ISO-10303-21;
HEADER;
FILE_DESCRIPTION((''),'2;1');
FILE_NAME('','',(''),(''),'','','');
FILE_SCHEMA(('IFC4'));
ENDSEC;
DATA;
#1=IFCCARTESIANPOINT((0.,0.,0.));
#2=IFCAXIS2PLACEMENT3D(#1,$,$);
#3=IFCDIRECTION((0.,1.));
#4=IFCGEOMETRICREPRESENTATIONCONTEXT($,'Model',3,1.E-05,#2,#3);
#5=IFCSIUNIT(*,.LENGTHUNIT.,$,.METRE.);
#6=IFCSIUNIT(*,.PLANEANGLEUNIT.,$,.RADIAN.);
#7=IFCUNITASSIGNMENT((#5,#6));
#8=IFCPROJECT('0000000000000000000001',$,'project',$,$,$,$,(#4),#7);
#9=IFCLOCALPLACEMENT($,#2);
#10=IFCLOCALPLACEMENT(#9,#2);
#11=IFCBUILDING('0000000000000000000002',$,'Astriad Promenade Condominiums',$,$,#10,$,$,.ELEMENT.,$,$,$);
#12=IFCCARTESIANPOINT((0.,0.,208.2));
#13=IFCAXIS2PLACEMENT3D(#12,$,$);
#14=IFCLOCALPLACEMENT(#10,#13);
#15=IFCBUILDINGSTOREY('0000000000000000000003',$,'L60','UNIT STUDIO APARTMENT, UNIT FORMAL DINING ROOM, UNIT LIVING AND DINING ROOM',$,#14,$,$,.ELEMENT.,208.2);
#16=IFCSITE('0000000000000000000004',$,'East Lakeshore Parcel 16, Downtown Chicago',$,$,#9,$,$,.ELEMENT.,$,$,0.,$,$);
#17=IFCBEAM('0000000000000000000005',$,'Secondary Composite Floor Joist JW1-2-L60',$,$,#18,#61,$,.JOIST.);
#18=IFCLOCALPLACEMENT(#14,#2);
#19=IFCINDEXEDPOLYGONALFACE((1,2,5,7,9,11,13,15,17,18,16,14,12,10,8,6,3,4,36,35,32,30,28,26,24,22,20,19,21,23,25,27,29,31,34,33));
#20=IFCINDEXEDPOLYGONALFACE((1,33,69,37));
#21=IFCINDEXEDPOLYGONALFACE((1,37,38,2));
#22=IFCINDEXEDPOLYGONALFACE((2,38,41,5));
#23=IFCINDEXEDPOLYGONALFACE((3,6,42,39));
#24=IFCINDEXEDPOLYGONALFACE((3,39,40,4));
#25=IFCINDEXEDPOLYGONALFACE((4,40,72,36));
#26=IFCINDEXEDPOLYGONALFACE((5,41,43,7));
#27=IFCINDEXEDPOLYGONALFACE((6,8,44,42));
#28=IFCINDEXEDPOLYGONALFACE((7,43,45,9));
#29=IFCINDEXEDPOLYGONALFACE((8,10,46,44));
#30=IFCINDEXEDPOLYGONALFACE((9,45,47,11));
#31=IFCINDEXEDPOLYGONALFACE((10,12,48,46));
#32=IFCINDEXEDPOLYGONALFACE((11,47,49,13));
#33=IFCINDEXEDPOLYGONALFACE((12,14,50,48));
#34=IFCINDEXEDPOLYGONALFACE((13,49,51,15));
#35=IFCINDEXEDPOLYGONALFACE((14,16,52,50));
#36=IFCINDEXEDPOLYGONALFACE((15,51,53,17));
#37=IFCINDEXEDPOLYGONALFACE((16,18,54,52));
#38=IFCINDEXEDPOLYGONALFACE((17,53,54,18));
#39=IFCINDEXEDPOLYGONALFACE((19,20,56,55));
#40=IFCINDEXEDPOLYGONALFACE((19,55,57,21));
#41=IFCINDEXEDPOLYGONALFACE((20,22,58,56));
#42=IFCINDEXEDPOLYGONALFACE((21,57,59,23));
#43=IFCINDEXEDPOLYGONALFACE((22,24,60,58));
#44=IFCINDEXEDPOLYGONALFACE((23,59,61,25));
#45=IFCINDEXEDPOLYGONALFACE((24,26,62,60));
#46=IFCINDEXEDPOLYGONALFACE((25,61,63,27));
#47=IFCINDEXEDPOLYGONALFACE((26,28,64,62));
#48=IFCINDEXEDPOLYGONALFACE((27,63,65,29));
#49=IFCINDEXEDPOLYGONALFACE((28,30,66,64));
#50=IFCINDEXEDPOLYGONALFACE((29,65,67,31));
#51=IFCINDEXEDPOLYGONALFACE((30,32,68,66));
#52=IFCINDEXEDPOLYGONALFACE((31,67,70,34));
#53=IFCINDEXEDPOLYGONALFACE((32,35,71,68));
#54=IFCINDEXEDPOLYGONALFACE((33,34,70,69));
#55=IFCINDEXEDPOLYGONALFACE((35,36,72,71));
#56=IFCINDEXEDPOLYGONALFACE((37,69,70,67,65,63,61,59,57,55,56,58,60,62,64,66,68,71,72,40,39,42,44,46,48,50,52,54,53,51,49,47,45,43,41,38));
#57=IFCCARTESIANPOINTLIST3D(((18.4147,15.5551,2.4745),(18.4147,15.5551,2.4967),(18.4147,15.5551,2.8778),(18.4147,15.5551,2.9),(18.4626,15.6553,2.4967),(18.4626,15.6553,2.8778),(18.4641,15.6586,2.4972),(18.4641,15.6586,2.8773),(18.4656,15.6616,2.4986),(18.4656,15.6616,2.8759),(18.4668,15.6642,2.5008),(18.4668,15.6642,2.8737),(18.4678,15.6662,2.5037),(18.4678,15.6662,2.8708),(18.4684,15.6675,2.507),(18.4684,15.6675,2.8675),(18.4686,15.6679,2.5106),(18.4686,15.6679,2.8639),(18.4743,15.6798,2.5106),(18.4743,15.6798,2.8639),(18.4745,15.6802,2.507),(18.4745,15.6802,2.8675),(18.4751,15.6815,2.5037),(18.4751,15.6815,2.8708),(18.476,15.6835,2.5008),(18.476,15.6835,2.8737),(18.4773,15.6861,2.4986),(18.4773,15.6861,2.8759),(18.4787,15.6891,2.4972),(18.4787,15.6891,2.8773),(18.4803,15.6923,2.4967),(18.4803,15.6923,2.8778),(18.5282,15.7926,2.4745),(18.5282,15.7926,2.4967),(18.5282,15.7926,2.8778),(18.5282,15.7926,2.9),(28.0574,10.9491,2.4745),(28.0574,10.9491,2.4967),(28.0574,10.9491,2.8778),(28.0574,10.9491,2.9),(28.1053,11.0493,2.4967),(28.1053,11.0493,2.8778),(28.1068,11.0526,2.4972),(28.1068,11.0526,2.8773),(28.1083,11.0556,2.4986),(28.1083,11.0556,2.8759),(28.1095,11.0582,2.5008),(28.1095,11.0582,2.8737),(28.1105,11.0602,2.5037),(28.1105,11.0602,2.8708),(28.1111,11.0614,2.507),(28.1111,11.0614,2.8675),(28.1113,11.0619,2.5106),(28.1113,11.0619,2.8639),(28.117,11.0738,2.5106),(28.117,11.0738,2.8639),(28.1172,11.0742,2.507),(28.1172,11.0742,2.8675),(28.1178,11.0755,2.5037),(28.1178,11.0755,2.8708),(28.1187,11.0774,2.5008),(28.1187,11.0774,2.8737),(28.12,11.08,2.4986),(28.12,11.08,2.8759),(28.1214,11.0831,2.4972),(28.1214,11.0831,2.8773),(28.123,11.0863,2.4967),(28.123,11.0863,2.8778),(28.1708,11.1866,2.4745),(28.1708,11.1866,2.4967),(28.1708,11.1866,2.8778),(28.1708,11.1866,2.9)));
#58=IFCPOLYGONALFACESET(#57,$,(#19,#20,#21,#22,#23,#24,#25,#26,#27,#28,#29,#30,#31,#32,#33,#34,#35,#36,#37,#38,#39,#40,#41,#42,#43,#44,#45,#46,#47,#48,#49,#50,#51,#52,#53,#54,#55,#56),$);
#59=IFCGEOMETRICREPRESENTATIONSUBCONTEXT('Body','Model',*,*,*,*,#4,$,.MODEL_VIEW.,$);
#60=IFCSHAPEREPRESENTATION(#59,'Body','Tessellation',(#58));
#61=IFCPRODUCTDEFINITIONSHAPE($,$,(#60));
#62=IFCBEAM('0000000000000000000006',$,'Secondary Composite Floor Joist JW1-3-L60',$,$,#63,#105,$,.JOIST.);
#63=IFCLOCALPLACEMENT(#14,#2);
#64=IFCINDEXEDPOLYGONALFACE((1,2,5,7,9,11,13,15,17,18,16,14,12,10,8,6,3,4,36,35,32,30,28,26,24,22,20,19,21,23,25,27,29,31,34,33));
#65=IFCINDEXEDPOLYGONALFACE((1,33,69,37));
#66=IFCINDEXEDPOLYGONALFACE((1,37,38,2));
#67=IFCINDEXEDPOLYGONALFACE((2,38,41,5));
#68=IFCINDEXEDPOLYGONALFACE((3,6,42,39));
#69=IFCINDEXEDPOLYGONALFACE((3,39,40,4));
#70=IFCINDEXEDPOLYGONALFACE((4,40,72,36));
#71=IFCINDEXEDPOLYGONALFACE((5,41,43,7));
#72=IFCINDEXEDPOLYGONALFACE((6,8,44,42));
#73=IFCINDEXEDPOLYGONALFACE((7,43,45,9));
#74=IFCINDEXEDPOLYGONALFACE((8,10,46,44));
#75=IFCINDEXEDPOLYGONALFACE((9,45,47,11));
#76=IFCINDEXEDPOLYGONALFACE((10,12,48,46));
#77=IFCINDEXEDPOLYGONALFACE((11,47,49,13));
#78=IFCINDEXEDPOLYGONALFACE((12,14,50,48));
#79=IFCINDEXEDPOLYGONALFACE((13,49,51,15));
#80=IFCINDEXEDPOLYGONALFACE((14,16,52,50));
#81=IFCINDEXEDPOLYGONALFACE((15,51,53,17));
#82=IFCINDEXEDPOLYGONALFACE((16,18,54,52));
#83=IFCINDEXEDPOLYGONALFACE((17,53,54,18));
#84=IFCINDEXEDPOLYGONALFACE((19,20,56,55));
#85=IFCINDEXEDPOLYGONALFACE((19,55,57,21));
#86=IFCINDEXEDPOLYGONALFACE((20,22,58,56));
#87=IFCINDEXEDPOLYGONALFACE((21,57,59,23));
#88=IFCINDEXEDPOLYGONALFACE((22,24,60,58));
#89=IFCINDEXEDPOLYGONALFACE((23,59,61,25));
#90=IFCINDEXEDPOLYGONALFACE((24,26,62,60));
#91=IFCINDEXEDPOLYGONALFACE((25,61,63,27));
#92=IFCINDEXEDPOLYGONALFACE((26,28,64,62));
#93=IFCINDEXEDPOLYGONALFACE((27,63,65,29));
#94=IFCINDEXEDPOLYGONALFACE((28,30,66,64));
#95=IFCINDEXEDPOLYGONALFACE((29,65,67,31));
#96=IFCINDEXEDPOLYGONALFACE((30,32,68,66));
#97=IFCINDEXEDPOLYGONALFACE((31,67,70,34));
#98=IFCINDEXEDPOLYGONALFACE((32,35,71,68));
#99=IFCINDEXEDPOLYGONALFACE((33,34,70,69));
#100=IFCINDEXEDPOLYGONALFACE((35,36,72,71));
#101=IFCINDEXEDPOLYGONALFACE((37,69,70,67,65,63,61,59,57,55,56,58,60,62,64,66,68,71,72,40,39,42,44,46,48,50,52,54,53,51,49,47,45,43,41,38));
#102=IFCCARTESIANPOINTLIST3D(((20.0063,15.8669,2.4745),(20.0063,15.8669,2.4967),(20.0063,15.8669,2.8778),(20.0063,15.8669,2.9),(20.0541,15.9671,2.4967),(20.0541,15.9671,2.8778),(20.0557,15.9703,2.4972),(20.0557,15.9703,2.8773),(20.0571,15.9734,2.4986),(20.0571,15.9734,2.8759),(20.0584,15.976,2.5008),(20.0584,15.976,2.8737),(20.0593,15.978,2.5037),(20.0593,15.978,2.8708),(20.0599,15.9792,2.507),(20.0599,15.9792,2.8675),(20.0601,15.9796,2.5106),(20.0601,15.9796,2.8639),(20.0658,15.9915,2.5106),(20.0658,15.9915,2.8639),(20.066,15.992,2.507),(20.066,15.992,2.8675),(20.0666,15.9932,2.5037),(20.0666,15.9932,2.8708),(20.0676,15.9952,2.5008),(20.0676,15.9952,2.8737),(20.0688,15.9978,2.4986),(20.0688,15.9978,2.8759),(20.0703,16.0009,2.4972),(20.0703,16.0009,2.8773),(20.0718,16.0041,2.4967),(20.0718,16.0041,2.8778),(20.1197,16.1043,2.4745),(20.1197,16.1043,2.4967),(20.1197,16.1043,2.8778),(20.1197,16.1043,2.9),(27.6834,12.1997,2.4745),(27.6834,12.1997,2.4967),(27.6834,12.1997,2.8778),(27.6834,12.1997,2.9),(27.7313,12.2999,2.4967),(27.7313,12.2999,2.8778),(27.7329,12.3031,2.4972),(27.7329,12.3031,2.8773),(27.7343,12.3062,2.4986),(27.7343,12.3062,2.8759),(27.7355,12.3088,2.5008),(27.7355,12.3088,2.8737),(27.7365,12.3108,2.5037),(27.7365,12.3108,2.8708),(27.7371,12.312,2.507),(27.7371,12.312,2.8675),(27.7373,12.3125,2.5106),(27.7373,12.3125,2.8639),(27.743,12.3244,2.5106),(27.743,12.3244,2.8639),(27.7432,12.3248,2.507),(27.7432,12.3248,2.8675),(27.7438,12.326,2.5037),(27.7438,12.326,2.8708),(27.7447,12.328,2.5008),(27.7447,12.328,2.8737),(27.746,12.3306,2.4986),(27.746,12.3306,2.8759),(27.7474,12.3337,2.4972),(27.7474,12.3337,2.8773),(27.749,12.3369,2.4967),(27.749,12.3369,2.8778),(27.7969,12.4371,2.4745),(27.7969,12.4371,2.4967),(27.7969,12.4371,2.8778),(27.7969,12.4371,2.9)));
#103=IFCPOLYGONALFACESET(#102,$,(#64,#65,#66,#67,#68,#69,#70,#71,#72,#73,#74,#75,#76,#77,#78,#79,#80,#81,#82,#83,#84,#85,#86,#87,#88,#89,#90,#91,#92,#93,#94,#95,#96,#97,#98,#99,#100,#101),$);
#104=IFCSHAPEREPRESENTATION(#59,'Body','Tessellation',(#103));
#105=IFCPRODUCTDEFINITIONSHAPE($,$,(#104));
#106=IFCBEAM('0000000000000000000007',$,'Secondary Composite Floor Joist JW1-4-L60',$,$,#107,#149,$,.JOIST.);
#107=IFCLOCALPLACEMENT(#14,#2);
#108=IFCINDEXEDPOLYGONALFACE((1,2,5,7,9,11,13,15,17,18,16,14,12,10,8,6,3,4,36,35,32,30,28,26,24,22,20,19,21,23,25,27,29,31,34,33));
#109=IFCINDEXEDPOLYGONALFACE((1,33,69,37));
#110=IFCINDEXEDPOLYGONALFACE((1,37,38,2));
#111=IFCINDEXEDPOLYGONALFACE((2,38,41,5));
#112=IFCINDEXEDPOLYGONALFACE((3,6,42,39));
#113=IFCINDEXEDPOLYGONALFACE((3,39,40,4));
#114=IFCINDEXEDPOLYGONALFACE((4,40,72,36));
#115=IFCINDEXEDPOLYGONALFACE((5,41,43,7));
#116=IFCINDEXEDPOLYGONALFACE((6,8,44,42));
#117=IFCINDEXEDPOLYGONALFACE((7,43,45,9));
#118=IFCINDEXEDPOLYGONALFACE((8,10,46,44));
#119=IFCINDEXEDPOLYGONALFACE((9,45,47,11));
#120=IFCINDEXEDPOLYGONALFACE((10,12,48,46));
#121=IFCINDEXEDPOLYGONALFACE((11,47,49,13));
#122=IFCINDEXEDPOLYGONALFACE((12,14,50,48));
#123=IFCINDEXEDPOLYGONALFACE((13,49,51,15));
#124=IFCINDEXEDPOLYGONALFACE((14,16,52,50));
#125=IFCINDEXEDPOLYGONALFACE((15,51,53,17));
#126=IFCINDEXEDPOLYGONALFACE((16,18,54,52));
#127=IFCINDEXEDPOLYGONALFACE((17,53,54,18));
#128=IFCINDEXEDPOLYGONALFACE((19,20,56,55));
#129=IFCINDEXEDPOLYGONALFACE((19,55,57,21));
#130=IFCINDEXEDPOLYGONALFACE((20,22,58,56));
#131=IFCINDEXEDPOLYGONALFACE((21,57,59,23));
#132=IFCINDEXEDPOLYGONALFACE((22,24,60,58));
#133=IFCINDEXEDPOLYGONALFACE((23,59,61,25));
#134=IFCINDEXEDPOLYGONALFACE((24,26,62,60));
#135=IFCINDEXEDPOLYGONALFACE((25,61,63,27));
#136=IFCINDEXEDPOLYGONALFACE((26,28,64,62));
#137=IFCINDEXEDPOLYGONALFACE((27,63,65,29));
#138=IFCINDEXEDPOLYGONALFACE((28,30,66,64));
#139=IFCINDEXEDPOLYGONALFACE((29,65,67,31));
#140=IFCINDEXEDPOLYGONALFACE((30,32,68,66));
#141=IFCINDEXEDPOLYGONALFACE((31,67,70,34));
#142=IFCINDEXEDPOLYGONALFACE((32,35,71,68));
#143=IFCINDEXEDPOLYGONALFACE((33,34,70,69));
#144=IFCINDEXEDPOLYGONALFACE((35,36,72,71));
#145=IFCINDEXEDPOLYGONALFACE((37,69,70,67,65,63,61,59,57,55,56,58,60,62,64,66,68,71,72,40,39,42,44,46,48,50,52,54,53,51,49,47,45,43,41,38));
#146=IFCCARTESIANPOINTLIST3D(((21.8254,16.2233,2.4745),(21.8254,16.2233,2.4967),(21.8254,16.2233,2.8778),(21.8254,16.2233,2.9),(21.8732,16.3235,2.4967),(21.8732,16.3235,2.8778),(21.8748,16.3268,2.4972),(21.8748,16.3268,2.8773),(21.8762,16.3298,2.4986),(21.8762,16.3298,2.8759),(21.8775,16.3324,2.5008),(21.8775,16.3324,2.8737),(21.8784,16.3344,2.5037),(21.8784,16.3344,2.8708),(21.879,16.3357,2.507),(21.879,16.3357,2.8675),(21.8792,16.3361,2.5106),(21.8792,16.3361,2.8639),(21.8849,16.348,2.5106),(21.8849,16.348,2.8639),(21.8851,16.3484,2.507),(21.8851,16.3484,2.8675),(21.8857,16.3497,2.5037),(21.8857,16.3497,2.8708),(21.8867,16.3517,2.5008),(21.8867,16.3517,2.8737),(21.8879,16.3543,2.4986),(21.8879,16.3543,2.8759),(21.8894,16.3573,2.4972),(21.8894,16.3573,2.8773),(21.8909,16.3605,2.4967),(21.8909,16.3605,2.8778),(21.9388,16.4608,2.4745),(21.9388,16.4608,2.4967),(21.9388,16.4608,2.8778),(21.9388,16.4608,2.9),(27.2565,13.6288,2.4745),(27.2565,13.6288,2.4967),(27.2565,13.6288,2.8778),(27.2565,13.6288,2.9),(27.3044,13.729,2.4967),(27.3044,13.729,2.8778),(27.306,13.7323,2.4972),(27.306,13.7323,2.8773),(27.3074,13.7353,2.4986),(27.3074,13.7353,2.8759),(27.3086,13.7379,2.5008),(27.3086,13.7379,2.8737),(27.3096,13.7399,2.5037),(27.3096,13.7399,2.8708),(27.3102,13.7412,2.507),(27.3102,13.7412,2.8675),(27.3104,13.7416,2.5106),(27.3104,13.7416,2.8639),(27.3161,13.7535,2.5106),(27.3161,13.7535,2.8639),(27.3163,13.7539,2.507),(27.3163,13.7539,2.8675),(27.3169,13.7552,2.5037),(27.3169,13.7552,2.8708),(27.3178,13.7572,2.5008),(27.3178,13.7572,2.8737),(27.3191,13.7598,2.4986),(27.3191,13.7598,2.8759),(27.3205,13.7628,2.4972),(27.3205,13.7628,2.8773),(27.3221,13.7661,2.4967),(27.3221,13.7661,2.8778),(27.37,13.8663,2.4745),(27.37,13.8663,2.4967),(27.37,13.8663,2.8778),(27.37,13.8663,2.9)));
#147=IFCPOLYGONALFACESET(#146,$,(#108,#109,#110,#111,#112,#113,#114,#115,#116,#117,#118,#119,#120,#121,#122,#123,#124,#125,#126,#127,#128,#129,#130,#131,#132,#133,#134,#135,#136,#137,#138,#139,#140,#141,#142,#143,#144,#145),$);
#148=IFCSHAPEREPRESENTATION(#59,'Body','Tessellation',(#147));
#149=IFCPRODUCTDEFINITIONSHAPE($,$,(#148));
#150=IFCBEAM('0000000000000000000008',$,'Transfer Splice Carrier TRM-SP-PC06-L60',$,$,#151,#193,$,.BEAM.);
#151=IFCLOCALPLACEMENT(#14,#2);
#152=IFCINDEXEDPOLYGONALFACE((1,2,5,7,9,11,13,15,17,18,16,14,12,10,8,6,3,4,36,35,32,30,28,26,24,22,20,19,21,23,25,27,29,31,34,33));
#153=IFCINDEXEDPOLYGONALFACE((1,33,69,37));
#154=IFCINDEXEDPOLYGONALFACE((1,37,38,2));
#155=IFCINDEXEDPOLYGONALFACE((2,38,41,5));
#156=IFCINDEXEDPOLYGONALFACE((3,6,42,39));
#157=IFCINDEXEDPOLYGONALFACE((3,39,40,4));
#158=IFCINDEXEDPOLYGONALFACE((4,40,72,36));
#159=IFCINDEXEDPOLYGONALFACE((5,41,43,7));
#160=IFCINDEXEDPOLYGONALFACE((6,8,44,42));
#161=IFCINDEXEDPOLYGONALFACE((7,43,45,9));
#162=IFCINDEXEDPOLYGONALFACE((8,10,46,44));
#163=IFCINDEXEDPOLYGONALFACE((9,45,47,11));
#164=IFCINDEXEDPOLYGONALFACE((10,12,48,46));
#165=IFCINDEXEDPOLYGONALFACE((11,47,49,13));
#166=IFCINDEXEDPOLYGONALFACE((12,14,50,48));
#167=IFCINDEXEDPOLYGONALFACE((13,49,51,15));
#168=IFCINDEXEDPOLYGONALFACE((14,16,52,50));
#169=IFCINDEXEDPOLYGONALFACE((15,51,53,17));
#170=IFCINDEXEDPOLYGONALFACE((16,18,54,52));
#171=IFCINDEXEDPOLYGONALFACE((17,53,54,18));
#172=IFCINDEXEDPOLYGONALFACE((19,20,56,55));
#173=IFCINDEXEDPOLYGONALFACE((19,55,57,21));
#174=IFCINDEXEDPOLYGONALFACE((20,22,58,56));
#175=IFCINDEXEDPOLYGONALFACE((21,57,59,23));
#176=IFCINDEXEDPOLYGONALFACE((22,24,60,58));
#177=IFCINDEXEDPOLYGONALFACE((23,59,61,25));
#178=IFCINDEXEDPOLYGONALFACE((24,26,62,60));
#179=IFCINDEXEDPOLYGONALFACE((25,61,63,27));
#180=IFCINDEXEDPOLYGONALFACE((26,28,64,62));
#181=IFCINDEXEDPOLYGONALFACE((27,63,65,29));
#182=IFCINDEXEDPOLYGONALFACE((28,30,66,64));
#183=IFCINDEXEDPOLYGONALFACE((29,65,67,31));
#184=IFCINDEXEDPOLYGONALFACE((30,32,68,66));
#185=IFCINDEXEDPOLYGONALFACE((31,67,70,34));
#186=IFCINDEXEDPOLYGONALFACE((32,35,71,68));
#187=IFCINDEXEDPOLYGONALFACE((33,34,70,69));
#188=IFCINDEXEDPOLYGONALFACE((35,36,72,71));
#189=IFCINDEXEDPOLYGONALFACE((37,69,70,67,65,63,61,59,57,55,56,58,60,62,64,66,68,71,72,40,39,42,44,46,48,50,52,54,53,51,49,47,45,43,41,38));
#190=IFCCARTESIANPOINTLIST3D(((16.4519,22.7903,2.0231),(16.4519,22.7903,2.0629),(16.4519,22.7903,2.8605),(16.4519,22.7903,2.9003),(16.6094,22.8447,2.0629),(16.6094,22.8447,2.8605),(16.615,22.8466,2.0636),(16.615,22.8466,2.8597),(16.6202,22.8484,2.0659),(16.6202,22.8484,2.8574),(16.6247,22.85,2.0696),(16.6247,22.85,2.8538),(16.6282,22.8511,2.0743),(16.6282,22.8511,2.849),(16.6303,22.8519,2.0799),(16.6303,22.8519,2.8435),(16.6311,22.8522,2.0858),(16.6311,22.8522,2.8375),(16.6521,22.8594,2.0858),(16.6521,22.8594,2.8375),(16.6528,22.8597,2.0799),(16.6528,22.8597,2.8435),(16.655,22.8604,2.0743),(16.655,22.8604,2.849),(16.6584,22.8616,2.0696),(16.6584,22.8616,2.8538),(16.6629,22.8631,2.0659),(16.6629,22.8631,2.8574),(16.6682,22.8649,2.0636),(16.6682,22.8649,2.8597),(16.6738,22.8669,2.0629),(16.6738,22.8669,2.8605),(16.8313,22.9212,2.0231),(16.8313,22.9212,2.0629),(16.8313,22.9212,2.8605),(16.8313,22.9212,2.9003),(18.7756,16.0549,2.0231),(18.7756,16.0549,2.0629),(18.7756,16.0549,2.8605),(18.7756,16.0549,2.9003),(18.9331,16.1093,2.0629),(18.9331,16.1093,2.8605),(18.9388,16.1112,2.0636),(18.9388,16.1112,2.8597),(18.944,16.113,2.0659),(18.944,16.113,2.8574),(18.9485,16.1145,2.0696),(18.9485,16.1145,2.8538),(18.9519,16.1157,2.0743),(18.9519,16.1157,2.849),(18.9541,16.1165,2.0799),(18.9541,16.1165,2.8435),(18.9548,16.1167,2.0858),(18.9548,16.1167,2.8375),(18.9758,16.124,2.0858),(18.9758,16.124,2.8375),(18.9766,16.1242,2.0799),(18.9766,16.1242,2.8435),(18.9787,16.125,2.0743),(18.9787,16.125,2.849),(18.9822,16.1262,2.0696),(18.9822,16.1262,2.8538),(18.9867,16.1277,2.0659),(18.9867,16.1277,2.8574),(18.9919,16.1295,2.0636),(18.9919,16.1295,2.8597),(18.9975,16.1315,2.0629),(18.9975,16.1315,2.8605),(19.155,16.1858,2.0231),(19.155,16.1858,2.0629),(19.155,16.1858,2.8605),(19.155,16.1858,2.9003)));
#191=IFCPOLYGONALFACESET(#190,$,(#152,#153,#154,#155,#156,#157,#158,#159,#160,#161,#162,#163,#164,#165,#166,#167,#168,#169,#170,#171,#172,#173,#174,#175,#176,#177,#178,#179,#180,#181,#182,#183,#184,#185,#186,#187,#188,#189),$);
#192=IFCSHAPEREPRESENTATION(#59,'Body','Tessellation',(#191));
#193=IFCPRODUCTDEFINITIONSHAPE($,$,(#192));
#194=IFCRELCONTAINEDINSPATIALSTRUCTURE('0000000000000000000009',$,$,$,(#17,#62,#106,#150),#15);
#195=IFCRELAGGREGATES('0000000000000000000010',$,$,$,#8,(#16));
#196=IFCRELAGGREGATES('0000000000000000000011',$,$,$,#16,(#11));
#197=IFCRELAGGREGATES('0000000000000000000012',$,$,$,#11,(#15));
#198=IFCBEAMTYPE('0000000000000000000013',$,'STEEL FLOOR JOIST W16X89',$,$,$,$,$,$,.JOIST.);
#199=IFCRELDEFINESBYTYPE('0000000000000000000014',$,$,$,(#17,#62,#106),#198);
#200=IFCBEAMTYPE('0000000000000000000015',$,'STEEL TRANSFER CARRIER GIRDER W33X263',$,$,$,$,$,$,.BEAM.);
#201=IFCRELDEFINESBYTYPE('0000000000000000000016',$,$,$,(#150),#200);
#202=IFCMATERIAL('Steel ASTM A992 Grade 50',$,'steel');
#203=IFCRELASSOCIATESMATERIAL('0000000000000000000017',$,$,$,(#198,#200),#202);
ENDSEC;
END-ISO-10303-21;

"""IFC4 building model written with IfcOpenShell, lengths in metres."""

from ifc_helpers import new_model, si_unit, direction, frame, origin, origin_2d, place, context, subcontext, project, spatial, i_section, extrude, source, transform, mapped, material, material_profile, profile_set, type_object, type_shapes, element, save


model = new_model("IFC4")

# Units and contexts
model_context = context("Model", 3, precision=1e-05, world=origin(), true_north=direction((0.0, 1.0)))
body_context = subcontext(model_context, "Body", "Model", "MODEL_VIEW")
ifc_project = project(units=[si_unit("LENGTHUNIT", "METRE"), si_unit("PLANEANGLEUNIT", "RADIAN")], contexts=[model_context])

# Site, building, storey
site_placement = place(None, origin())
site = spatial("IfcSite", under=ifc_project, at=site_placement, Name="East Lakeshore Parcel 16, Downtown Chicago", CompositionType="ELEMENT", RefElevation=0.0)
building_placement = place(site_placement, origin())
building = spatial("IfcBuilding", under=site, at=building_placement, Name="Astriad Promenade Condominiums", CompositionType="ELEMENT")
storey_placement = place(building_placement, frame((0.0, 0.0, 208.2)))
storey = spatial("IfcBuildingStorey", under=building, at=storey_placement, Name="L60", Description="UNIT STUDIO APARTMENT, UNIT FORMAL DINING ROOM, UNIT LIVING AND DINING ROOM", CompositionType="ELEMENT", Elevation=208.2)

# Beams
ifc_material_1 = material(Name="Steel ASTM A992 Grade 50", Category="steel")
ifc_material_profile_1 = material_profile(ifc_material_1, i_section(OverallWidth=0.2632, OverallDepth=0.4255, WebThickness=0.0132, FlangeThickness=0.0222, FilletRadius=0.0139, at=origin_2d()), Name="W16X89")
ifc_profile_set_1 = profile_set([ifc_material_profile_1], Name="Steel ASTM A992 Grade 50")
beam_type_1 = type_object("IfcBeamType", Name="STEEL FLOOR JOIST W16X89", PredefinedType="JOIST", material=ifc_profile_set_1)
shared_shape_1 = source(origin(), body_context, "Body", "SweptSolid", [
    extrude(i_section(OverallWidth=0.2632, OverallDepth=0.4255, WebThickness=0.0132, FlangeThickness=0.0222, FilletRadius=0.0139, at=origin_2d()), origin(), (0.0, 0.0, 1.0), 10.6863),
])
beam_1_placement = place(storey_placement, frame((18.4714, 15.6738, 2.6873), z_axis=(0.902342, -0.431021, 0.0), x_axis=(0.431021, 0.902342, 0.0)))
element("IfcBeam", 1, at=beam_1_placement, inside=storey, type_object=beam_type_1, Name="Secondary Composite Floor Joist JW1-2-L60", PredefinedType="JOIST", context=body_context, shape_type="MappedRepresentation", body=[
    mapped(shared_shape_1, transform((0.0, 0.0, 0.0), scale=1.0)),
])
shared_shape_2 = source(origin(), body_context, "Body", "SweptSolid", [
    extrude(i_section(OverallWidth=0.2632, OverallDepth=0.4255, WebThickness=0.0132, FlangeThickness=0.0222, FilletRadius=0.0139, at=origin_2d()), origin(), (0.0, 0.0, 1.0), 8.5081),
])
beam_2_placement = place(storey_placement, frame((20.063, 15.9856, 2.6873), z_axis=(0.90234, -0.431026, 0.0), x_axis=(0.431026, 0.90234, 0.0)))
element("IfcBeam", 2, at=beam_2_placement, inside=storey, type_object=beam_type_1, Name="Secondary Composite Floor Joist JW1-3-L60", PredefinedType="JOIST", context=body_context, shape_type="MappedRepresentation", body=[
    mapped(shared_shape_2, transform((0.0, 0.0, 0.0), scale=1.0)),
])
shared_shape_3 = source(origin(), body_context, "Body", "SweptSolid", [
    extrude(i_section(OverallWidth=0.2632, OverallDepth=0.4255, WebThickness=0.0132, FlangeThickness=0.0222, FilletRadius=0.0139, at=origin_2d()), origin(), (0.0, 0.0, 1.0), 6.019),
])
beam_3_placement = place(storey_placement, frame((21.8821, 16.342, 2.6873), z_axis=(0.90233, -0.431046, 0.0), x_axis=(0.431046, 0.90233, 0.0)))
element("IfcBeam", 3, at=beam_3_placement, inside=storey, type_object=beam_type_1, Name="Secondary Composite Floor Joist JW1-4-L60", PredefinedType="JOIST", context=body_context, shape_type="MappedRepresentation", body=[
    mapped(shared_shape_3, transform((0.0, 0.0, 0.0), scale=1.0)),
])
ifc_material_profile_2 = material_profile(ifc_material_1, i_section(OverallWidth=0.4014, OverallDepth=0.8772, WebThickness=0.0222, FlangeThickness=0.0398, FilletRadius=0.0229, at=origin_2d()), Name="W33X263")
ifc_profile_set_2 = profile_set([ifc_material_profile_2], Name="Steel ASTM A992 Grade 50")
beam_type_2 = type_object("IfcBeamType", Name="STEEL TRANSFER CARRIER GIRDER W33X263", PredefinedType="BEAM", material=ifc_profile_set_2)
shared_shape_4 = source(origin(), body_context, "Body", "SweptSolid", [
    extrude(i_section(OverallWidth=0.4014, OverallDepth=0.8772, WebThickness=0.0222, FlangeThickness=0.0398, FilletRadius=0.0229, at=origin_2d()), origin(), (0.0, 0.0, 1.0), 7.125),
])
type_shapes(beam_type_2, [shared_shape_4])
beam_4_placement = place(storey_placement, frame((18.9653, 16.1204, 2.4617), z_axis=(-0.326141, 0.945321, 0.0), x_axis=(-0.945321, -0.326141, 0.0)))
element("IfcBeam", 4, at=beam_4_placement, inside=storey, type_object=beam_type_2, Name="Transfer Splice Carrier TRM-SP-PC06-L60", PredefinedType="BEAM", context=body_context, shape_type="MappedRepresentation", body=[
    mapped(shared_shape_4, transform((0.0, 0.0, 0.0), scale=1.0)),
])

save(model, "model.ifc")
